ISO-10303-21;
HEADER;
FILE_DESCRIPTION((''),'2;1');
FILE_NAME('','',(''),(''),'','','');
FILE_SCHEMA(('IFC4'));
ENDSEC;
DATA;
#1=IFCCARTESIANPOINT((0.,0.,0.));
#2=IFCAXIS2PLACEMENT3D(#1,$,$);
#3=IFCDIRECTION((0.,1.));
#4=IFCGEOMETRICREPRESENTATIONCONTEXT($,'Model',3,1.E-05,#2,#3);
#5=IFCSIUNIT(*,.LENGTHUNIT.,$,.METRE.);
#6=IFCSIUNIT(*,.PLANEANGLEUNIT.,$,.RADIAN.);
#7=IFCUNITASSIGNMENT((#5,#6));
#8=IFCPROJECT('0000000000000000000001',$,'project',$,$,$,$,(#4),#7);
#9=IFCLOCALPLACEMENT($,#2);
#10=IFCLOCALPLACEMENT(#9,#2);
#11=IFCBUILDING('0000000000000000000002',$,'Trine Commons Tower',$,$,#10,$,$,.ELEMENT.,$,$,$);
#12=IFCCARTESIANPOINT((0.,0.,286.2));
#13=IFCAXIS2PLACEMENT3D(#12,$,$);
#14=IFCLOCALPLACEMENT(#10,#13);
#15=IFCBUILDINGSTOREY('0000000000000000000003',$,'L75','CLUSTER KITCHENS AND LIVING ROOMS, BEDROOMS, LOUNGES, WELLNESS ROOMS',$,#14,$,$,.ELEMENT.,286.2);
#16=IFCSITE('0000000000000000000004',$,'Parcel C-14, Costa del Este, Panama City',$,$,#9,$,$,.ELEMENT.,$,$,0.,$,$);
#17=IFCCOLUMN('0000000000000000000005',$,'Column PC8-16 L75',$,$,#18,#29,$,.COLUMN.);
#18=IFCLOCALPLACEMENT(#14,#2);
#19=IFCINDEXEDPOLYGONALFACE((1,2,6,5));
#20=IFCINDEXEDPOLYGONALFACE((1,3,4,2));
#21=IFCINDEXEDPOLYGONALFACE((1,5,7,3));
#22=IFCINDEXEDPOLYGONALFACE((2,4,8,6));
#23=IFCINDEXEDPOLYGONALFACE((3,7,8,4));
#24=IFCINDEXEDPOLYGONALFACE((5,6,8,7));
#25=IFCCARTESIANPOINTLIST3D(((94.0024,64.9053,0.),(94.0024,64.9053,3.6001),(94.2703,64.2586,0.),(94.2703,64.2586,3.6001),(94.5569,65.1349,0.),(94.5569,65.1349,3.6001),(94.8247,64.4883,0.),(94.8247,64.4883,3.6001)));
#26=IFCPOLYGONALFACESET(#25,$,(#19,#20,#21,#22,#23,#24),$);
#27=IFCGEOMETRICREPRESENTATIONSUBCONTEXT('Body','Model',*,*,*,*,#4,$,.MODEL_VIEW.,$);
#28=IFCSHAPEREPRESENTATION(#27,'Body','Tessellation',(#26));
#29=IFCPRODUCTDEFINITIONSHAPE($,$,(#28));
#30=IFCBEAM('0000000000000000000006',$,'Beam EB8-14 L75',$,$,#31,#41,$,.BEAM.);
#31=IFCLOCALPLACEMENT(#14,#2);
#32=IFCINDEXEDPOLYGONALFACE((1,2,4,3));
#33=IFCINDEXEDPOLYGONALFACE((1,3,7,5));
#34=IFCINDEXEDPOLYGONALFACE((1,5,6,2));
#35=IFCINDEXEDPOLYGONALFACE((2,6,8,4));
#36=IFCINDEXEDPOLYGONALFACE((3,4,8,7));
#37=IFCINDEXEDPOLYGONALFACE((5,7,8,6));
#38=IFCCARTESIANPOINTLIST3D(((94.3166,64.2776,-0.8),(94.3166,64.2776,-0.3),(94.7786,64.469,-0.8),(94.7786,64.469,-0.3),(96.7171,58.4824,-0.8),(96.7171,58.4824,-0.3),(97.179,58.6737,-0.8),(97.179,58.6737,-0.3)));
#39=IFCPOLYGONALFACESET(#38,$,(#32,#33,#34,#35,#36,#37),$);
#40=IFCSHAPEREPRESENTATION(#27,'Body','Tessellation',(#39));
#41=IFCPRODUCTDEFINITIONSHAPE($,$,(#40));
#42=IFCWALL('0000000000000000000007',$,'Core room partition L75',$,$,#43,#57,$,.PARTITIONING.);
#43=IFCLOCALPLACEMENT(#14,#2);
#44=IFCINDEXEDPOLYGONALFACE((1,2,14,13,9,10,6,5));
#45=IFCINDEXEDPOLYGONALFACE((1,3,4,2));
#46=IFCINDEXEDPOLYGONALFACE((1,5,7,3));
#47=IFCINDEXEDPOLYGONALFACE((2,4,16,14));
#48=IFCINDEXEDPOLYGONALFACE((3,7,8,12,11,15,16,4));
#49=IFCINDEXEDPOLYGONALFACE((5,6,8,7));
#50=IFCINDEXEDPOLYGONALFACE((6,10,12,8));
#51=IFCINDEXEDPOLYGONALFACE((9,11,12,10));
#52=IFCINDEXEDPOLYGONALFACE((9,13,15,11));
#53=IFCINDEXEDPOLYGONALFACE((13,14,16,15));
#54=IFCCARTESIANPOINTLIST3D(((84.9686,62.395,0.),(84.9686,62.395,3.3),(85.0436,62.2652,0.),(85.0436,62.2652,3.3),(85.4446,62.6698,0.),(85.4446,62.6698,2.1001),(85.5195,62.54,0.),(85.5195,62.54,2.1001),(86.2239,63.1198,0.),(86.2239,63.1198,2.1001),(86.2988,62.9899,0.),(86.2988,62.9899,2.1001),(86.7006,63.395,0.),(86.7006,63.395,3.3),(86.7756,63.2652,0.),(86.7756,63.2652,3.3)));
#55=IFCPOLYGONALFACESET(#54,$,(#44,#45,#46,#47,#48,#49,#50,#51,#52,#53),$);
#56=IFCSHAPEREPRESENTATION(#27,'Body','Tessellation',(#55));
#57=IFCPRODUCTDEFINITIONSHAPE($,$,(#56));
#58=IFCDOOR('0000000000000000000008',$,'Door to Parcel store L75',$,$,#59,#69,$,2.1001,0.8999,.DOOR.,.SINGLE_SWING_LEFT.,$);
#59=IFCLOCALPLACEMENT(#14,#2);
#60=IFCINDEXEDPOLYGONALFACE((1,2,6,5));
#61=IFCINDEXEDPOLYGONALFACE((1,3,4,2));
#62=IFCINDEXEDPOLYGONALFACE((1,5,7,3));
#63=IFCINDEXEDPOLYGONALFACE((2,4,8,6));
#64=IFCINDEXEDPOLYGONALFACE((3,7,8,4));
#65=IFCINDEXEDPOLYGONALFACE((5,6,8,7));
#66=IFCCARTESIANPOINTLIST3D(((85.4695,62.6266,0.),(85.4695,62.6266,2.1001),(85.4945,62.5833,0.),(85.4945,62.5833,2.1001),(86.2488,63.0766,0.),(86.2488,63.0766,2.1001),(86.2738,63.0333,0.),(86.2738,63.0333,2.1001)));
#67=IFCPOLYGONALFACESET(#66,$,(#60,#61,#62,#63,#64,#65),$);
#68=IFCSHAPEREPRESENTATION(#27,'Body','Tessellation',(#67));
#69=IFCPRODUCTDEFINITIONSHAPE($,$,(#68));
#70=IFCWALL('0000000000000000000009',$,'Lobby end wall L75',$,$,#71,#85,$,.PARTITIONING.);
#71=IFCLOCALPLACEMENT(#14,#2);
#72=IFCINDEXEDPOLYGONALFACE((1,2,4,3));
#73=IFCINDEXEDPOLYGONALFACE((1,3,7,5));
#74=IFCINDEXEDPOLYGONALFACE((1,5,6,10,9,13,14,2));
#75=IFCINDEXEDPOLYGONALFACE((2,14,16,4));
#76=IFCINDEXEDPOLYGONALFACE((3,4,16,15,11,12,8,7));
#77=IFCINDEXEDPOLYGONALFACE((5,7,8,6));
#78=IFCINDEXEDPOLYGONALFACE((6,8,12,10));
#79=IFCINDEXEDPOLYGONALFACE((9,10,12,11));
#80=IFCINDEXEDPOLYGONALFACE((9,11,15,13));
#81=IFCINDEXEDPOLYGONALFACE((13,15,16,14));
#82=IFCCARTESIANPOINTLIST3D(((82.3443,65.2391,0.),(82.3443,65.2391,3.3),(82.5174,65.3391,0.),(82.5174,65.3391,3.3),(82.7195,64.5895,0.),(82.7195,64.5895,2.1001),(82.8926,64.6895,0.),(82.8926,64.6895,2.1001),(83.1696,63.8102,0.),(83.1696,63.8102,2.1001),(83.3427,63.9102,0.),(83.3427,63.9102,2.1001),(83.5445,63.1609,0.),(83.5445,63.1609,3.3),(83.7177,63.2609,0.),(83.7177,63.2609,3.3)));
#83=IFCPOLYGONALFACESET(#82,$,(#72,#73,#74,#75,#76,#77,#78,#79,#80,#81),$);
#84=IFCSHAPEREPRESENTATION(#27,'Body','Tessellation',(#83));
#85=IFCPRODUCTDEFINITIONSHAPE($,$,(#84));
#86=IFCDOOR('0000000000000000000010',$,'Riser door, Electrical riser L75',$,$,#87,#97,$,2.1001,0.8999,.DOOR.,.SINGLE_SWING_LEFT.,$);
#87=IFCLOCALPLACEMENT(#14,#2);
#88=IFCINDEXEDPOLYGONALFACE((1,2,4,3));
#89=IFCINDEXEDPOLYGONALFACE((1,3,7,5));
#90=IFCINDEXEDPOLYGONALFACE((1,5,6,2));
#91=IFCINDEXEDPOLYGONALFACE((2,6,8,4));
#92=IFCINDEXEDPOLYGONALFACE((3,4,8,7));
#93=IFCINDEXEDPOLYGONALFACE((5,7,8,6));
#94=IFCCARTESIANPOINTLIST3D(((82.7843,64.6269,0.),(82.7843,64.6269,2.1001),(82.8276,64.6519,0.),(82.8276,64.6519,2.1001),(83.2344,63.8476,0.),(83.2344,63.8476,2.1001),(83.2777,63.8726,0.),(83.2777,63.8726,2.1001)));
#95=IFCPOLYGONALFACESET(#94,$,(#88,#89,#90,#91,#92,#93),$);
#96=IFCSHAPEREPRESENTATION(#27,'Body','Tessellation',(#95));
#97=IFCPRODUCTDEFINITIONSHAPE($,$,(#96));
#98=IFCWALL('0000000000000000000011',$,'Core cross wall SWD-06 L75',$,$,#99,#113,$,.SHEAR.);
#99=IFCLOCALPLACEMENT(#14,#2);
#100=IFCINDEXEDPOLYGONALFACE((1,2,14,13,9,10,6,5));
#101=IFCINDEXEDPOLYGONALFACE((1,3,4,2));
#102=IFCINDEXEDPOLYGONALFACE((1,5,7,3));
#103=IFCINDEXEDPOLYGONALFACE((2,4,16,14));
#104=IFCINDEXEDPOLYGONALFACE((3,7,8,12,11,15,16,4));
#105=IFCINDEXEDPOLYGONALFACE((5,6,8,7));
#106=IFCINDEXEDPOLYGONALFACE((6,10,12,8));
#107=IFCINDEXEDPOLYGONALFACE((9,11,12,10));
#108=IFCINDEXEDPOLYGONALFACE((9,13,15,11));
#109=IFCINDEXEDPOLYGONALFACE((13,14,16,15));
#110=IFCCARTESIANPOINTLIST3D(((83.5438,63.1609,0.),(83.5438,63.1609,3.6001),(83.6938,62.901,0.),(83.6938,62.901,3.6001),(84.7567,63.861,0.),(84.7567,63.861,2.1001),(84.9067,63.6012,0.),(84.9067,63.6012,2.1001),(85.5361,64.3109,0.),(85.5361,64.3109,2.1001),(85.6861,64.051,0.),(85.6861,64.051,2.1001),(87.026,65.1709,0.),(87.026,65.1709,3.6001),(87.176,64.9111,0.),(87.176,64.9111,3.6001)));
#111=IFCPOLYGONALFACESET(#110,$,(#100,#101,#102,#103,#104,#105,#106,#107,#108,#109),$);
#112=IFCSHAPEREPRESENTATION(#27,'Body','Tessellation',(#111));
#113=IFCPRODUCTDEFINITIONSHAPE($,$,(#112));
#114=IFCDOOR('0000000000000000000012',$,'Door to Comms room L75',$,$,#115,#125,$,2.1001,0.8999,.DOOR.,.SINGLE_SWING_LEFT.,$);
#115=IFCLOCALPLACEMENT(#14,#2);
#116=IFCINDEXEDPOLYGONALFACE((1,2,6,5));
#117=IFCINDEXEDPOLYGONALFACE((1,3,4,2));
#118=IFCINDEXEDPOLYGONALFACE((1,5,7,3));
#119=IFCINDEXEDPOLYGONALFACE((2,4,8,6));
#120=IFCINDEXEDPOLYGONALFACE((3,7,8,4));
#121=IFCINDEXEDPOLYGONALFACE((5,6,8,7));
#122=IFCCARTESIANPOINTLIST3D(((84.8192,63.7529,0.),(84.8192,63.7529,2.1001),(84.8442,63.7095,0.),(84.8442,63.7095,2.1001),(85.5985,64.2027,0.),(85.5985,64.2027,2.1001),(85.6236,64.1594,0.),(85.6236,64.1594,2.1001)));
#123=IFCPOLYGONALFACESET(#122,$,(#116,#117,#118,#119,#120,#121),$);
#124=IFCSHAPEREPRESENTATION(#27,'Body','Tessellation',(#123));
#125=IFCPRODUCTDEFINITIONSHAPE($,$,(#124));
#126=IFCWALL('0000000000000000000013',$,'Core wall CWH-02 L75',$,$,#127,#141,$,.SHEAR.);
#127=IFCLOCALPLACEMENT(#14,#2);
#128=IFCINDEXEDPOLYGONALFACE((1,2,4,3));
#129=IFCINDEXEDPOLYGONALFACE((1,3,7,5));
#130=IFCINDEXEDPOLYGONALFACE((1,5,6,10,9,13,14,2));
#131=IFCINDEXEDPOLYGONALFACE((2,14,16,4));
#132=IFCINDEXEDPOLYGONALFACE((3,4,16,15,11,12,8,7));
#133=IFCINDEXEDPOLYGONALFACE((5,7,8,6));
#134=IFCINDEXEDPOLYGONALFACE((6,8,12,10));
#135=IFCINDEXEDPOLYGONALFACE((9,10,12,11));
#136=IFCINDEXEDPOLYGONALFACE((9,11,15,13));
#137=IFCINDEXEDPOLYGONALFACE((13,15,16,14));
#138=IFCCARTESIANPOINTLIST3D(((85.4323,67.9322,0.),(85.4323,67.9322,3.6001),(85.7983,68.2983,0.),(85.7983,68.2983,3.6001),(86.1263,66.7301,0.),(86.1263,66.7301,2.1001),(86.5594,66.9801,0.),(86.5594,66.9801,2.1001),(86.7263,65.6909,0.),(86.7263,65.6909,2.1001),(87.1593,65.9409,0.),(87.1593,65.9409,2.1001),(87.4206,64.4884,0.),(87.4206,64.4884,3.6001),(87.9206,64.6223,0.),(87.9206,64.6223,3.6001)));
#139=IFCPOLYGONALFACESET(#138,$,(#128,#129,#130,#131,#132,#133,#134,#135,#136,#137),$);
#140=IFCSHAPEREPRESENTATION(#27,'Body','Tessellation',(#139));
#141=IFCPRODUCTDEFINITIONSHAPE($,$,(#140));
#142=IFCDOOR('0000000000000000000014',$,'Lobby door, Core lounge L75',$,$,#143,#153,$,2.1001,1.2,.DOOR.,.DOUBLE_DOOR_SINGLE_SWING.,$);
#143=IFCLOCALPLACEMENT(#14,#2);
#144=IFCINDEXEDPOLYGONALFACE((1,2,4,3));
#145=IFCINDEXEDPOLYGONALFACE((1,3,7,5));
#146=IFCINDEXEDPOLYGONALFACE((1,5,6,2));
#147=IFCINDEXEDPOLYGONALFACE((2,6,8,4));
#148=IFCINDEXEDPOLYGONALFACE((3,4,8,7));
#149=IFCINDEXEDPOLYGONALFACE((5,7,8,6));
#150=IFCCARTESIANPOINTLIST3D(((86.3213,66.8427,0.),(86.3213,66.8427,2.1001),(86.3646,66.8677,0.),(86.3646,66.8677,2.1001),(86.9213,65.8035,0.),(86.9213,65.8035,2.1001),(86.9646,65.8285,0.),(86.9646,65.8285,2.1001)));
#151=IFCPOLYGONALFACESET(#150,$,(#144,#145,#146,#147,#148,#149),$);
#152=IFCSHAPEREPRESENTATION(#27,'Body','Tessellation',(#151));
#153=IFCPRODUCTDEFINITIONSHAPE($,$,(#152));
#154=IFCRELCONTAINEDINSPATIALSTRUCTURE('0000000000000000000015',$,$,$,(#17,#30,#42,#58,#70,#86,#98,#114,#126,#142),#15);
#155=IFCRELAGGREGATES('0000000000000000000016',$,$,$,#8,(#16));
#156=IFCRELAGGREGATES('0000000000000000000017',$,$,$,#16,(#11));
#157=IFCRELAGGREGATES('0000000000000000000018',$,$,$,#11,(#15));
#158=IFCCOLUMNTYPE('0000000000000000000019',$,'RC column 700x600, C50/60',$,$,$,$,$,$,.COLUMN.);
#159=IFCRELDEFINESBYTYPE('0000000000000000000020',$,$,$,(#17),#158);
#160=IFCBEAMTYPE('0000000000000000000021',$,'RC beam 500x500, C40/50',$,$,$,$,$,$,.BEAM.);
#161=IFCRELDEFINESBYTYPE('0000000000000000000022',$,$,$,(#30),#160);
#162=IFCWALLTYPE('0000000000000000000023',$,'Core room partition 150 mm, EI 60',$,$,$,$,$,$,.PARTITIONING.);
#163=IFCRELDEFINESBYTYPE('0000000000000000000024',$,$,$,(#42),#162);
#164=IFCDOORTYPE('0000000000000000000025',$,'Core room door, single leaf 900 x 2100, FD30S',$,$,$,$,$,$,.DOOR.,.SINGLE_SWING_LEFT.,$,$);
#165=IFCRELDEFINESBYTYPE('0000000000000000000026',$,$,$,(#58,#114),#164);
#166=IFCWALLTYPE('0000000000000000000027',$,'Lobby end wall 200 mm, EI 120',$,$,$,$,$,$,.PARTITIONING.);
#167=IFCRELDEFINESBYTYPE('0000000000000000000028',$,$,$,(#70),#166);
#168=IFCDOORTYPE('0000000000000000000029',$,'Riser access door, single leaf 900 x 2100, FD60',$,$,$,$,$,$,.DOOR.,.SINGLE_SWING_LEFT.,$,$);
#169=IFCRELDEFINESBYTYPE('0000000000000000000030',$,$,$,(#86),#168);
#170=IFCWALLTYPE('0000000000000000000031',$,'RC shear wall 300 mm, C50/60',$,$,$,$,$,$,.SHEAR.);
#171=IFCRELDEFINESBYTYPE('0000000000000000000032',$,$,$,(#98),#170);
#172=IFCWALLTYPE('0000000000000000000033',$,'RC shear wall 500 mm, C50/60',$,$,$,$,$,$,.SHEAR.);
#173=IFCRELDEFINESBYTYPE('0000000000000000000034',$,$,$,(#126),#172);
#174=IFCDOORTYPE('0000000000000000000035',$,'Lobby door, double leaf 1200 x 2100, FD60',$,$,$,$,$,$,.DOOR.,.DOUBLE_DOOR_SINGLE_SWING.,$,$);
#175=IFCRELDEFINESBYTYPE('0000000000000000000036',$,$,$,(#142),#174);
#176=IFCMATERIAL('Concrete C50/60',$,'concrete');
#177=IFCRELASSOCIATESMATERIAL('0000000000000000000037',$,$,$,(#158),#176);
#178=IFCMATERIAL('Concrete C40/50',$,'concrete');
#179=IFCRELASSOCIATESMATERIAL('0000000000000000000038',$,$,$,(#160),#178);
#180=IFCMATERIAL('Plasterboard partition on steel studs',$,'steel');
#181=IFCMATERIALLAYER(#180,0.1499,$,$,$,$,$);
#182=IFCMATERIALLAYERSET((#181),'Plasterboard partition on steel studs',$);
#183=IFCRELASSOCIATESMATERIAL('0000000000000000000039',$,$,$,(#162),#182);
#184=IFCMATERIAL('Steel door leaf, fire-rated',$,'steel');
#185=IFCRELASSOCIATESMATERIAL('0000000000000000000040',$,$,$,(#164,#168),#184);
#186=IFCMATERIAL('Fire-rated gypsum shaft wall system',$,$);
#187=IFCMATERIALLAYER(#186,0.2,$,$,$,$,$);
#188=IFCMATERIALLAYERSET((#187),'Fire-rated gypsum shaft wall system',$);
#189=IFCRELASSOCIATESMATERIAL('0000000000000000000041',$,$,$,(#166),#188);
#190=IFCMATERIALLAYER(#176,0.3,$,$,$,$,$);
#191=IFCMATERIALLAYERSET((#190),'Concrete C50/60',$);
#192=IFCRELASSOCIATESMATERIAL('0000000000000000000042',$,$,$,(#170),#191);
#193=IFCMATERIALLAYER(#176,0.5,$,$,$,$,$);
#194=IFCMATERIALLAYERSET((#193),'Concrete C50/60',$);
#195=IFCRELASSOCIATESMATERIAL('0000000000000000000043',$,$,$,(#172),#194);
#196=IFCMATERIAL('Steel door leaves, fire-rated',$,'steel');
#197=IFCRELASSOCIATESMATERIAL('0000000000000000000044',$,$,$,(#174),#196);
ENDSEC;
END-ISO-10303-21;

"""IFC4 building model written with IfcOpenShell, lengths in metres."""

from ifc_helpers import new_model, si_unit, direction, frame, frame_2d, origin, origin_2d, place, context, subcontext, project, spatial, polyline, rectangle, outline, extrude, material, layer, layer_set, material_profile, profile_set, type_object, element, fill, save


model = new_model("IFC4")

# Units and contexts
model_context = context("Model", 3, precision=1e-05, world=origin(), true_north=direction((0.0, 1.0)))
body_context = subcontext(model_context, "Body", "Model", "MODEL_VIEW")
ifc_project = project(units=[si_unit("LENGTHUNIT", "METRE"), si_unit("PLANEANGLEUNIT", "RADIAN")], contexts=[model_context])

# Site, building, storey
site_placement = place(None, origin())
site = spatial("IfcSite", under=ifc_project, at=site_placement, Name="Parcel C-14, Costa del Este, Panama City", CompositionType="ELEMENT", RefElevation=0.0)
building_placement = place(site_placement, origin())
building = spatial("IfcBuilding", under=site, at=building_placement, Name="Trine Commons Tower", CompositionType="ELEMENT")
storey_placement = place(building_placement, frame((0.0, 0.0, 286.2)))
storey = spatial("IfcBuildingStorey", under=building, at=storey_placement, Name="L75", Description="CLUSTER KITCHENS AND LIVING ROOMS, BEDROOMS, LOUNGES, WELLNESS ROOMS", CompositionType="ELEMENT", Elevation=286.2)

# Column
ifc_material_1 = material(Name="Concrete C50/60", Category="concrete")
ifc_material_profile_1 = material_profile(ifc_material_1, rectangle(XDim=0.7, YDim=0.6001, at=origin_2d()), Name="RC 700x600")
ifc_profile_set_1 = profile_set([ifc_material_profile_1], Name="Concrete C50/60")
column_type = type_object("IfcColumnType", Name="RC column 700x600, C50/60", PredefinedType="COLUMN", material=ifc_profile_set_1)
column_placement = place(storey_placement, frame((94.4136, 64.6968, 0.0), z_axis=(0.0, 0.0, 1.0), x_axis=(-0.382683, 0.92388, 0.0)))
element("IfcColumn", 1, at=column_placement, inside=storey, type_object=column_type, Name="Column PC8-16 L75", PredefinedType="COLUMN", context=body_context, shape_type="SweptSolid", body=[
    extrude(rectangle(XDim=0.7, YDim=0.6001, at=origin_2d()), origin(), (0.0, 0.0, 1.0), 3.6001),
])

# Beam
ifc_material_2 = material(Name="Concrete C40/50", Category="concrete")
ifc_material_profile_2 = material_profile(ifc_material_2, rectangle(XDim=0.5, YDim=0.5, at=origin_2d()), Name="RC 500x500")
ifc_profile_set_2 = profile_set([ifc_material_profile_2], Name="Concrete C40/50")
beam_type = type_object("IfcBeamType", Name="RC beam 500x500, C40/50", PredefinedType="BEAM", material=ifc_profile_set_2)
beam_placement = place(storey_placement, frame((94.5476, 64.3733, -0.55), z_axis=(0.382677, -0.923882, 0.0), x_axis=(0.923882, 0.382677, 0.0)))
element("IfcBeam", 2, at=beam_placement, inside=storey, type_object=beam_type, Name="Beam EB8-14 L75", PredefinedType="BEAM", context=body_context, shape_type="SweptSolid", body=[
    extrude(rectangle(XDim=0.5, YDim=0.5, at=origin_2d()), origin(), (0.0, 0.0, 1.0), 6.2727),
])

# Walls, openings, doors
ifc_material_3 = material(Name="Plasterboard partition on steel studs", Category="steel")
ifc_layer_1 = layer(ifc_material_3, 0.1499)
ifc_layer_set_1 = layer_set([ifc_layer_1], Name="Plasterboard partition on steel studs")
wall_type_1 = type_object("IfcWallType", Name="Core room partition 150 mm, EI 60", PredefinedType="PARTITIONING", material=ifc_layer_set_1)
wall_1_placement = place(storey_placement, frame((85.0061, 62.3301, 0.0), z_axis=(0.0, 0.0, 1.0), x_axis=(0.866011, 0.500025, 0.0)))
wall_1 = element("IfcWall", 3, at=wall_1_placement, inside=storey, type_object=wall_type_1, Name="Core room partition L75", PredefinedType="PARTITIONING", context=body_context, shape_type="SweptSolid", body=[
    extrude(rectangle(XDim=2.0, YDim=0.1499, at=frame_2d((1.0, 0.0))), origin(), (0.0, 0.0, 1.0), 3.3),
])
opening_1_placement = place(wall_1_placement, frame((0.5496, 0.0, 0.0)))
opening_1 = element("IfcOpeningElement", 4, at=opening_1_placement, cuts=wall_1, PredefinedType="OPENING", context=body_context, shape_type="SweptSolid", body=[
    extrude(rectangle(XDim=0.8999, YDim=2.1001, at=frame_2d((0.45, 1.05))), frame((0.0, 0.085, 0.0), z_axis=(0.0, -1.0, 0.0), x_axis=(1.0, 0.0, 0.0)), (0.0, 0.0, 1.0), 0.1699),
])
ifc_material_4 = material(Name="Steel door leaf, fire-rated", Category="steel")
door_type_1 = type_object("IfcDoorType", Name="Core room door, single leaf 900 x 2100, FD30S", OperationType="SINGLE_SWING_LEFT", PredefinedType="DOOR", material=ifc_material_4)
door_1_placement = place(opening_1_placement, frame((0.8999, 0.0, 0.0), z_axis=(0.0, 0.0, 1.0), x_axis=(-1.0, 0.0, 0.0)))
door_1 = element("IfcDoor", 5, at=door_1_placement, inside=storey, type_object=door_type_1, Name="Door to Parcel store L75", OperationType="SINGLE_SWING_LEFT", OverallHeight=2.1001, OverallWidth=0.8999, PredefinedType="DOOR", context=body_context, shape_type="SweptSolid", body=[
    extrude(rectangle(XDim=0.8999, YDim=2.1001, at=frame_2d((0.45, 1.05))), frame((0.0, 0.0249, 0.0), z_axis=(0.0, -1.0, 0.0), x_axis=(1.0, 0.0, 0.0)), (0.0, 0.0, 1.0), 0.05),
])
fill(opening_1, door_1)
ifc_material_5 = material(Name="Fire-rated gypsum shaft wall system")
ifc_layer_2 = layer(ifc_material_5, 0.2)
ifc_layer_set_2 = layer_set([ifc_layer_2], Name="Fire-rated gypsum shaft wall system")
wall_type_2 = type_object("IfcWallType", Name="Lobby end wall 200 mm, EI 120", PredefinedType="PARTITIONING", material=ifc_layer_set_2)
wall_2_placement = place(storey_placement, frame((83.6311, 63.2109, 0.0), z_axis=(0.0, 0.0, 1.0), x_axis=(-0.500122, 0.865955, 0.0)))
wall_2 = element("IfcWall", 6, at=wall_2_placement, inside=storey, type_object=wall_type_2, Name="Lobby end wall L75", PredefinedType="PARTITIONING", context=body_context, shape_type="SweptSolid", body=[
    extrude(rectangle(XDim=2.3999, YDim=0.2, at=frame_2d((1.2, 0.0))), origin(), (0.0, 0.0, 1.0), 3.3),
])
opening_2_placement = place(wall_2_placement, frame((0.7498, 0.0, 0.0)))
opening_2 = element("IfcOpeningElement", 7, at=opening_2_placement, cuts=wall_2, PredefinedType="OPENING", context=body_context, shape_type="SweptSolid", body=[
    extrude(rectangle(XDim=0.8999, YDim=2.1001, at=frame_2d((0.45, 1.05))), frame((0.0, 0.1099, 0.0), z_axis=(0.0, -1.0, 0.0), x_axis=(1.0, 0.0, 0.0)), (0.0, 0.0, 1.0), 0.22),
])
door_type_2 = type_object("IfcDoorType", Name="Riser access door, single leaf 900 x 2100, FD60", OperationType="SINGLE_SWING_LEFT", PredefinedType="DOOR", material=ifc_material_4)
door_2_placement = place(opening_2_placement, frame((0.8999, 0.0, 0.0), z_axis=(0.0, 0.0, 1.0), x_axis=(-1.0, 0.0, 0.0)))
door_2 = element("IfcDoor", 8, at=door_2_placement, inside=storey, type_object=door_type_2, Name="Riser door, Electrical riser L75", OperationType="SINGLE_SWING_LEFT", OverallHeight=2.1001, OverallWidth=0.8999, PredefinedType="DOOR", context=body_context, shape_type="SweptSolid", body=[
    extrude(rectangle(XDim=0.8999, YDim=2.1001, at=frame_2d((0.45, 1.05))), frame((0.0, 0.0249, 0.0), z_axis=(0.0, -1.0, 0.0), x_axis=(1.0, 0.0, 0.0)), (0.0, 0.0, 1.0), 0.05),
])
fill(opening_2, door_2)
ifc_layer_3 = layer(ifc_material_1, 0.3)
ifc_layer_set_3 = layer_set([ifc_layer_3], Name="Concrete C50/60")
wall_type_3 = type_object("IfcWallType", Name="RC shear wall 300 mm, C50/60", PredefinedType="SHEAR", material=ifc_layer_set_3)
wall_3_placement = place(storey_placement, frame((83.6189, 63.031, 0.0), z_axis=(0.0, 0.0, 1.0), x_axis=(0.866071, 0.49992, 0.0)))
wall_3 = element("IfcWall", 9, at=wall_3_placement, inside=storey, type_object=wall_type_3, Name="Core cross wall SWD-06 L75", PredefinedType="SHEAR", context=body_context, shape_type="SweptSolid", body=[
    extrude(rectangle(XDim=4.0208, YDim=0.3, at=frame_2d((2.0103, 0.0))), origin(), (0.0, 0.0, 1.0), 3.6001),
])
opening_3_placement = place(wall_3_placement, frame((1.4004, 0.0, 0.0)))
opening_3 = element("IfcOpeningElement", 10, at=opening_3_placement, cuts=wall_3, PredefinedType="OPENING", context=body_context, shape_type="SweptSolid", body=[
    extrude(rectangle(XDim=0.8999, YDim=2.1001, at=frame_2d((0.45, 1.05))), frame((0.0, 0.1599, 0.0), z_axis=(0.0, -1.0, 0.0), x_axis=(1.0, 0.0, 0.0)), (0.0, 0.0, 1.0), 0.3201),
])
door_3_placement = place(opening_3_placement, frame((0.8999, 0.0, 0.0), z_axis=(0.0, 0.0, 1.0), x_axis=(-1.0, 0.0, 0.0)))
door_3 = element("IfcDoor", 11, at=door_3_placement, inside=storey, type_object=door_type_1, Name="Door to Comms room L75", OperationType="SINGLE_SWING_LEFT", OverallHeight=2.1001, OverallWidth=0.8999, PredefinedType="DOOR", context=body_context, shape_type="SweptSolid", body=[
    extrude(rectangle(XDim=0.8999, YDim=2.1001, at=frame_2d((0.45, 1.05))), frame((0.0, 0.0249, 0.0), z_axis=(0.0, -1.0, 0.0), x_axis=(1.0, 0.0, 0.0)), (0.0, 0.0, 1.0), 0.05),
])
fill(opening_3, door_3)
ifc_layer_4 = layer(ifc_material_1, 0.5)
ifc_layer_set_4 = layer_set([ifc_layer_4], Name="Concrete C50/60")
wall_type_4 = type_object("IfcWallType", Name="RC shear wall 500 mm, C50/60", PredefinedType="SHEAR", material=ifc_layer_set_4)
wall_4_placement = place(storey_placement, frame((87.7041, 64.4973, 0.0), z_axis=(0.0, 0.0, 1.0), x_axis=(-0.499993, 0.866029, 0.0)))
wall_4 = element("IfcWall", 12, at=wall_4_placement, inside=storey, type_object=wall_type_4, Name="Core wall CWH-02 L75", PredefinedType="SHEAR", context=body_context, shape_type="SweptSolid", body=[
    extrude(outline(polyline([(0.0, -0.25), (4.2446, -0.25), (4.1106, 0.25), (0.134, 0.25), (0.0, -0.25)])), origin(), (0.0, 0.0, 1.0), 3.6001),
])
opening_4_placement = place(wall_4_placement, frame((1.5225, 0.0, 0.0)))
opening_4 = element("IfcOpeningElement", 13, at=opening_4_placement, cuts=wall_4, PredefinedType="OPENING", context=body_context, shape_type="SweptSolid", body=[
    extrude(rectangle(XDim=1.2, YDim=2.1001, at=frame_2d((0.6001, 1.05))), frame((0.0, 0.26, 0.0), z_axis=(0.0, -1.0, 0.0), x_axis=(1.0, 0.0, 0.0)), (0.0, 0.0, 1.0), 0.52),
])
ifc_material_6 = material(Name="Steel door leaves, fire-rated", Category="steel")
door_type_3 = type_object("IfcDoorType", Name="Lobby door, double leaf 1200 x 2100, FD60", OperationType="DOUBLE_DOOR_SINGLE_SWING", PredefinedType="DOOR", material=ifc_material_6)
door_4_placement = place(opening_4_placement, origin())
door_4 = element("IfcDoor", 14, at=door_4_placement, inside=storey, type_object=door_type_3, Name="Lobby door, Core lounge L75", OperationType="DOUBLE_DOOR_SINGLE_SWING", OverallHeight=2.1001, OverallWidth=1.2, PredefinedType="DOOR", context=body_context, shape_type="SweptSolid", body=[
    extrude(rectangle(XDim=1.2, YDim=2.1001, at=frame_2d((0.6001, 1.05))), frame((0.0, 0.0249, 0.0), z_axis=(0.0, -1.0, 0.0), x_axis=(1.0, 0.0, 0.0)), (0.0, 0.0, 1.0), 0.05),
])
fill(opening_4, door_4)

save(model, "model.ifc")
